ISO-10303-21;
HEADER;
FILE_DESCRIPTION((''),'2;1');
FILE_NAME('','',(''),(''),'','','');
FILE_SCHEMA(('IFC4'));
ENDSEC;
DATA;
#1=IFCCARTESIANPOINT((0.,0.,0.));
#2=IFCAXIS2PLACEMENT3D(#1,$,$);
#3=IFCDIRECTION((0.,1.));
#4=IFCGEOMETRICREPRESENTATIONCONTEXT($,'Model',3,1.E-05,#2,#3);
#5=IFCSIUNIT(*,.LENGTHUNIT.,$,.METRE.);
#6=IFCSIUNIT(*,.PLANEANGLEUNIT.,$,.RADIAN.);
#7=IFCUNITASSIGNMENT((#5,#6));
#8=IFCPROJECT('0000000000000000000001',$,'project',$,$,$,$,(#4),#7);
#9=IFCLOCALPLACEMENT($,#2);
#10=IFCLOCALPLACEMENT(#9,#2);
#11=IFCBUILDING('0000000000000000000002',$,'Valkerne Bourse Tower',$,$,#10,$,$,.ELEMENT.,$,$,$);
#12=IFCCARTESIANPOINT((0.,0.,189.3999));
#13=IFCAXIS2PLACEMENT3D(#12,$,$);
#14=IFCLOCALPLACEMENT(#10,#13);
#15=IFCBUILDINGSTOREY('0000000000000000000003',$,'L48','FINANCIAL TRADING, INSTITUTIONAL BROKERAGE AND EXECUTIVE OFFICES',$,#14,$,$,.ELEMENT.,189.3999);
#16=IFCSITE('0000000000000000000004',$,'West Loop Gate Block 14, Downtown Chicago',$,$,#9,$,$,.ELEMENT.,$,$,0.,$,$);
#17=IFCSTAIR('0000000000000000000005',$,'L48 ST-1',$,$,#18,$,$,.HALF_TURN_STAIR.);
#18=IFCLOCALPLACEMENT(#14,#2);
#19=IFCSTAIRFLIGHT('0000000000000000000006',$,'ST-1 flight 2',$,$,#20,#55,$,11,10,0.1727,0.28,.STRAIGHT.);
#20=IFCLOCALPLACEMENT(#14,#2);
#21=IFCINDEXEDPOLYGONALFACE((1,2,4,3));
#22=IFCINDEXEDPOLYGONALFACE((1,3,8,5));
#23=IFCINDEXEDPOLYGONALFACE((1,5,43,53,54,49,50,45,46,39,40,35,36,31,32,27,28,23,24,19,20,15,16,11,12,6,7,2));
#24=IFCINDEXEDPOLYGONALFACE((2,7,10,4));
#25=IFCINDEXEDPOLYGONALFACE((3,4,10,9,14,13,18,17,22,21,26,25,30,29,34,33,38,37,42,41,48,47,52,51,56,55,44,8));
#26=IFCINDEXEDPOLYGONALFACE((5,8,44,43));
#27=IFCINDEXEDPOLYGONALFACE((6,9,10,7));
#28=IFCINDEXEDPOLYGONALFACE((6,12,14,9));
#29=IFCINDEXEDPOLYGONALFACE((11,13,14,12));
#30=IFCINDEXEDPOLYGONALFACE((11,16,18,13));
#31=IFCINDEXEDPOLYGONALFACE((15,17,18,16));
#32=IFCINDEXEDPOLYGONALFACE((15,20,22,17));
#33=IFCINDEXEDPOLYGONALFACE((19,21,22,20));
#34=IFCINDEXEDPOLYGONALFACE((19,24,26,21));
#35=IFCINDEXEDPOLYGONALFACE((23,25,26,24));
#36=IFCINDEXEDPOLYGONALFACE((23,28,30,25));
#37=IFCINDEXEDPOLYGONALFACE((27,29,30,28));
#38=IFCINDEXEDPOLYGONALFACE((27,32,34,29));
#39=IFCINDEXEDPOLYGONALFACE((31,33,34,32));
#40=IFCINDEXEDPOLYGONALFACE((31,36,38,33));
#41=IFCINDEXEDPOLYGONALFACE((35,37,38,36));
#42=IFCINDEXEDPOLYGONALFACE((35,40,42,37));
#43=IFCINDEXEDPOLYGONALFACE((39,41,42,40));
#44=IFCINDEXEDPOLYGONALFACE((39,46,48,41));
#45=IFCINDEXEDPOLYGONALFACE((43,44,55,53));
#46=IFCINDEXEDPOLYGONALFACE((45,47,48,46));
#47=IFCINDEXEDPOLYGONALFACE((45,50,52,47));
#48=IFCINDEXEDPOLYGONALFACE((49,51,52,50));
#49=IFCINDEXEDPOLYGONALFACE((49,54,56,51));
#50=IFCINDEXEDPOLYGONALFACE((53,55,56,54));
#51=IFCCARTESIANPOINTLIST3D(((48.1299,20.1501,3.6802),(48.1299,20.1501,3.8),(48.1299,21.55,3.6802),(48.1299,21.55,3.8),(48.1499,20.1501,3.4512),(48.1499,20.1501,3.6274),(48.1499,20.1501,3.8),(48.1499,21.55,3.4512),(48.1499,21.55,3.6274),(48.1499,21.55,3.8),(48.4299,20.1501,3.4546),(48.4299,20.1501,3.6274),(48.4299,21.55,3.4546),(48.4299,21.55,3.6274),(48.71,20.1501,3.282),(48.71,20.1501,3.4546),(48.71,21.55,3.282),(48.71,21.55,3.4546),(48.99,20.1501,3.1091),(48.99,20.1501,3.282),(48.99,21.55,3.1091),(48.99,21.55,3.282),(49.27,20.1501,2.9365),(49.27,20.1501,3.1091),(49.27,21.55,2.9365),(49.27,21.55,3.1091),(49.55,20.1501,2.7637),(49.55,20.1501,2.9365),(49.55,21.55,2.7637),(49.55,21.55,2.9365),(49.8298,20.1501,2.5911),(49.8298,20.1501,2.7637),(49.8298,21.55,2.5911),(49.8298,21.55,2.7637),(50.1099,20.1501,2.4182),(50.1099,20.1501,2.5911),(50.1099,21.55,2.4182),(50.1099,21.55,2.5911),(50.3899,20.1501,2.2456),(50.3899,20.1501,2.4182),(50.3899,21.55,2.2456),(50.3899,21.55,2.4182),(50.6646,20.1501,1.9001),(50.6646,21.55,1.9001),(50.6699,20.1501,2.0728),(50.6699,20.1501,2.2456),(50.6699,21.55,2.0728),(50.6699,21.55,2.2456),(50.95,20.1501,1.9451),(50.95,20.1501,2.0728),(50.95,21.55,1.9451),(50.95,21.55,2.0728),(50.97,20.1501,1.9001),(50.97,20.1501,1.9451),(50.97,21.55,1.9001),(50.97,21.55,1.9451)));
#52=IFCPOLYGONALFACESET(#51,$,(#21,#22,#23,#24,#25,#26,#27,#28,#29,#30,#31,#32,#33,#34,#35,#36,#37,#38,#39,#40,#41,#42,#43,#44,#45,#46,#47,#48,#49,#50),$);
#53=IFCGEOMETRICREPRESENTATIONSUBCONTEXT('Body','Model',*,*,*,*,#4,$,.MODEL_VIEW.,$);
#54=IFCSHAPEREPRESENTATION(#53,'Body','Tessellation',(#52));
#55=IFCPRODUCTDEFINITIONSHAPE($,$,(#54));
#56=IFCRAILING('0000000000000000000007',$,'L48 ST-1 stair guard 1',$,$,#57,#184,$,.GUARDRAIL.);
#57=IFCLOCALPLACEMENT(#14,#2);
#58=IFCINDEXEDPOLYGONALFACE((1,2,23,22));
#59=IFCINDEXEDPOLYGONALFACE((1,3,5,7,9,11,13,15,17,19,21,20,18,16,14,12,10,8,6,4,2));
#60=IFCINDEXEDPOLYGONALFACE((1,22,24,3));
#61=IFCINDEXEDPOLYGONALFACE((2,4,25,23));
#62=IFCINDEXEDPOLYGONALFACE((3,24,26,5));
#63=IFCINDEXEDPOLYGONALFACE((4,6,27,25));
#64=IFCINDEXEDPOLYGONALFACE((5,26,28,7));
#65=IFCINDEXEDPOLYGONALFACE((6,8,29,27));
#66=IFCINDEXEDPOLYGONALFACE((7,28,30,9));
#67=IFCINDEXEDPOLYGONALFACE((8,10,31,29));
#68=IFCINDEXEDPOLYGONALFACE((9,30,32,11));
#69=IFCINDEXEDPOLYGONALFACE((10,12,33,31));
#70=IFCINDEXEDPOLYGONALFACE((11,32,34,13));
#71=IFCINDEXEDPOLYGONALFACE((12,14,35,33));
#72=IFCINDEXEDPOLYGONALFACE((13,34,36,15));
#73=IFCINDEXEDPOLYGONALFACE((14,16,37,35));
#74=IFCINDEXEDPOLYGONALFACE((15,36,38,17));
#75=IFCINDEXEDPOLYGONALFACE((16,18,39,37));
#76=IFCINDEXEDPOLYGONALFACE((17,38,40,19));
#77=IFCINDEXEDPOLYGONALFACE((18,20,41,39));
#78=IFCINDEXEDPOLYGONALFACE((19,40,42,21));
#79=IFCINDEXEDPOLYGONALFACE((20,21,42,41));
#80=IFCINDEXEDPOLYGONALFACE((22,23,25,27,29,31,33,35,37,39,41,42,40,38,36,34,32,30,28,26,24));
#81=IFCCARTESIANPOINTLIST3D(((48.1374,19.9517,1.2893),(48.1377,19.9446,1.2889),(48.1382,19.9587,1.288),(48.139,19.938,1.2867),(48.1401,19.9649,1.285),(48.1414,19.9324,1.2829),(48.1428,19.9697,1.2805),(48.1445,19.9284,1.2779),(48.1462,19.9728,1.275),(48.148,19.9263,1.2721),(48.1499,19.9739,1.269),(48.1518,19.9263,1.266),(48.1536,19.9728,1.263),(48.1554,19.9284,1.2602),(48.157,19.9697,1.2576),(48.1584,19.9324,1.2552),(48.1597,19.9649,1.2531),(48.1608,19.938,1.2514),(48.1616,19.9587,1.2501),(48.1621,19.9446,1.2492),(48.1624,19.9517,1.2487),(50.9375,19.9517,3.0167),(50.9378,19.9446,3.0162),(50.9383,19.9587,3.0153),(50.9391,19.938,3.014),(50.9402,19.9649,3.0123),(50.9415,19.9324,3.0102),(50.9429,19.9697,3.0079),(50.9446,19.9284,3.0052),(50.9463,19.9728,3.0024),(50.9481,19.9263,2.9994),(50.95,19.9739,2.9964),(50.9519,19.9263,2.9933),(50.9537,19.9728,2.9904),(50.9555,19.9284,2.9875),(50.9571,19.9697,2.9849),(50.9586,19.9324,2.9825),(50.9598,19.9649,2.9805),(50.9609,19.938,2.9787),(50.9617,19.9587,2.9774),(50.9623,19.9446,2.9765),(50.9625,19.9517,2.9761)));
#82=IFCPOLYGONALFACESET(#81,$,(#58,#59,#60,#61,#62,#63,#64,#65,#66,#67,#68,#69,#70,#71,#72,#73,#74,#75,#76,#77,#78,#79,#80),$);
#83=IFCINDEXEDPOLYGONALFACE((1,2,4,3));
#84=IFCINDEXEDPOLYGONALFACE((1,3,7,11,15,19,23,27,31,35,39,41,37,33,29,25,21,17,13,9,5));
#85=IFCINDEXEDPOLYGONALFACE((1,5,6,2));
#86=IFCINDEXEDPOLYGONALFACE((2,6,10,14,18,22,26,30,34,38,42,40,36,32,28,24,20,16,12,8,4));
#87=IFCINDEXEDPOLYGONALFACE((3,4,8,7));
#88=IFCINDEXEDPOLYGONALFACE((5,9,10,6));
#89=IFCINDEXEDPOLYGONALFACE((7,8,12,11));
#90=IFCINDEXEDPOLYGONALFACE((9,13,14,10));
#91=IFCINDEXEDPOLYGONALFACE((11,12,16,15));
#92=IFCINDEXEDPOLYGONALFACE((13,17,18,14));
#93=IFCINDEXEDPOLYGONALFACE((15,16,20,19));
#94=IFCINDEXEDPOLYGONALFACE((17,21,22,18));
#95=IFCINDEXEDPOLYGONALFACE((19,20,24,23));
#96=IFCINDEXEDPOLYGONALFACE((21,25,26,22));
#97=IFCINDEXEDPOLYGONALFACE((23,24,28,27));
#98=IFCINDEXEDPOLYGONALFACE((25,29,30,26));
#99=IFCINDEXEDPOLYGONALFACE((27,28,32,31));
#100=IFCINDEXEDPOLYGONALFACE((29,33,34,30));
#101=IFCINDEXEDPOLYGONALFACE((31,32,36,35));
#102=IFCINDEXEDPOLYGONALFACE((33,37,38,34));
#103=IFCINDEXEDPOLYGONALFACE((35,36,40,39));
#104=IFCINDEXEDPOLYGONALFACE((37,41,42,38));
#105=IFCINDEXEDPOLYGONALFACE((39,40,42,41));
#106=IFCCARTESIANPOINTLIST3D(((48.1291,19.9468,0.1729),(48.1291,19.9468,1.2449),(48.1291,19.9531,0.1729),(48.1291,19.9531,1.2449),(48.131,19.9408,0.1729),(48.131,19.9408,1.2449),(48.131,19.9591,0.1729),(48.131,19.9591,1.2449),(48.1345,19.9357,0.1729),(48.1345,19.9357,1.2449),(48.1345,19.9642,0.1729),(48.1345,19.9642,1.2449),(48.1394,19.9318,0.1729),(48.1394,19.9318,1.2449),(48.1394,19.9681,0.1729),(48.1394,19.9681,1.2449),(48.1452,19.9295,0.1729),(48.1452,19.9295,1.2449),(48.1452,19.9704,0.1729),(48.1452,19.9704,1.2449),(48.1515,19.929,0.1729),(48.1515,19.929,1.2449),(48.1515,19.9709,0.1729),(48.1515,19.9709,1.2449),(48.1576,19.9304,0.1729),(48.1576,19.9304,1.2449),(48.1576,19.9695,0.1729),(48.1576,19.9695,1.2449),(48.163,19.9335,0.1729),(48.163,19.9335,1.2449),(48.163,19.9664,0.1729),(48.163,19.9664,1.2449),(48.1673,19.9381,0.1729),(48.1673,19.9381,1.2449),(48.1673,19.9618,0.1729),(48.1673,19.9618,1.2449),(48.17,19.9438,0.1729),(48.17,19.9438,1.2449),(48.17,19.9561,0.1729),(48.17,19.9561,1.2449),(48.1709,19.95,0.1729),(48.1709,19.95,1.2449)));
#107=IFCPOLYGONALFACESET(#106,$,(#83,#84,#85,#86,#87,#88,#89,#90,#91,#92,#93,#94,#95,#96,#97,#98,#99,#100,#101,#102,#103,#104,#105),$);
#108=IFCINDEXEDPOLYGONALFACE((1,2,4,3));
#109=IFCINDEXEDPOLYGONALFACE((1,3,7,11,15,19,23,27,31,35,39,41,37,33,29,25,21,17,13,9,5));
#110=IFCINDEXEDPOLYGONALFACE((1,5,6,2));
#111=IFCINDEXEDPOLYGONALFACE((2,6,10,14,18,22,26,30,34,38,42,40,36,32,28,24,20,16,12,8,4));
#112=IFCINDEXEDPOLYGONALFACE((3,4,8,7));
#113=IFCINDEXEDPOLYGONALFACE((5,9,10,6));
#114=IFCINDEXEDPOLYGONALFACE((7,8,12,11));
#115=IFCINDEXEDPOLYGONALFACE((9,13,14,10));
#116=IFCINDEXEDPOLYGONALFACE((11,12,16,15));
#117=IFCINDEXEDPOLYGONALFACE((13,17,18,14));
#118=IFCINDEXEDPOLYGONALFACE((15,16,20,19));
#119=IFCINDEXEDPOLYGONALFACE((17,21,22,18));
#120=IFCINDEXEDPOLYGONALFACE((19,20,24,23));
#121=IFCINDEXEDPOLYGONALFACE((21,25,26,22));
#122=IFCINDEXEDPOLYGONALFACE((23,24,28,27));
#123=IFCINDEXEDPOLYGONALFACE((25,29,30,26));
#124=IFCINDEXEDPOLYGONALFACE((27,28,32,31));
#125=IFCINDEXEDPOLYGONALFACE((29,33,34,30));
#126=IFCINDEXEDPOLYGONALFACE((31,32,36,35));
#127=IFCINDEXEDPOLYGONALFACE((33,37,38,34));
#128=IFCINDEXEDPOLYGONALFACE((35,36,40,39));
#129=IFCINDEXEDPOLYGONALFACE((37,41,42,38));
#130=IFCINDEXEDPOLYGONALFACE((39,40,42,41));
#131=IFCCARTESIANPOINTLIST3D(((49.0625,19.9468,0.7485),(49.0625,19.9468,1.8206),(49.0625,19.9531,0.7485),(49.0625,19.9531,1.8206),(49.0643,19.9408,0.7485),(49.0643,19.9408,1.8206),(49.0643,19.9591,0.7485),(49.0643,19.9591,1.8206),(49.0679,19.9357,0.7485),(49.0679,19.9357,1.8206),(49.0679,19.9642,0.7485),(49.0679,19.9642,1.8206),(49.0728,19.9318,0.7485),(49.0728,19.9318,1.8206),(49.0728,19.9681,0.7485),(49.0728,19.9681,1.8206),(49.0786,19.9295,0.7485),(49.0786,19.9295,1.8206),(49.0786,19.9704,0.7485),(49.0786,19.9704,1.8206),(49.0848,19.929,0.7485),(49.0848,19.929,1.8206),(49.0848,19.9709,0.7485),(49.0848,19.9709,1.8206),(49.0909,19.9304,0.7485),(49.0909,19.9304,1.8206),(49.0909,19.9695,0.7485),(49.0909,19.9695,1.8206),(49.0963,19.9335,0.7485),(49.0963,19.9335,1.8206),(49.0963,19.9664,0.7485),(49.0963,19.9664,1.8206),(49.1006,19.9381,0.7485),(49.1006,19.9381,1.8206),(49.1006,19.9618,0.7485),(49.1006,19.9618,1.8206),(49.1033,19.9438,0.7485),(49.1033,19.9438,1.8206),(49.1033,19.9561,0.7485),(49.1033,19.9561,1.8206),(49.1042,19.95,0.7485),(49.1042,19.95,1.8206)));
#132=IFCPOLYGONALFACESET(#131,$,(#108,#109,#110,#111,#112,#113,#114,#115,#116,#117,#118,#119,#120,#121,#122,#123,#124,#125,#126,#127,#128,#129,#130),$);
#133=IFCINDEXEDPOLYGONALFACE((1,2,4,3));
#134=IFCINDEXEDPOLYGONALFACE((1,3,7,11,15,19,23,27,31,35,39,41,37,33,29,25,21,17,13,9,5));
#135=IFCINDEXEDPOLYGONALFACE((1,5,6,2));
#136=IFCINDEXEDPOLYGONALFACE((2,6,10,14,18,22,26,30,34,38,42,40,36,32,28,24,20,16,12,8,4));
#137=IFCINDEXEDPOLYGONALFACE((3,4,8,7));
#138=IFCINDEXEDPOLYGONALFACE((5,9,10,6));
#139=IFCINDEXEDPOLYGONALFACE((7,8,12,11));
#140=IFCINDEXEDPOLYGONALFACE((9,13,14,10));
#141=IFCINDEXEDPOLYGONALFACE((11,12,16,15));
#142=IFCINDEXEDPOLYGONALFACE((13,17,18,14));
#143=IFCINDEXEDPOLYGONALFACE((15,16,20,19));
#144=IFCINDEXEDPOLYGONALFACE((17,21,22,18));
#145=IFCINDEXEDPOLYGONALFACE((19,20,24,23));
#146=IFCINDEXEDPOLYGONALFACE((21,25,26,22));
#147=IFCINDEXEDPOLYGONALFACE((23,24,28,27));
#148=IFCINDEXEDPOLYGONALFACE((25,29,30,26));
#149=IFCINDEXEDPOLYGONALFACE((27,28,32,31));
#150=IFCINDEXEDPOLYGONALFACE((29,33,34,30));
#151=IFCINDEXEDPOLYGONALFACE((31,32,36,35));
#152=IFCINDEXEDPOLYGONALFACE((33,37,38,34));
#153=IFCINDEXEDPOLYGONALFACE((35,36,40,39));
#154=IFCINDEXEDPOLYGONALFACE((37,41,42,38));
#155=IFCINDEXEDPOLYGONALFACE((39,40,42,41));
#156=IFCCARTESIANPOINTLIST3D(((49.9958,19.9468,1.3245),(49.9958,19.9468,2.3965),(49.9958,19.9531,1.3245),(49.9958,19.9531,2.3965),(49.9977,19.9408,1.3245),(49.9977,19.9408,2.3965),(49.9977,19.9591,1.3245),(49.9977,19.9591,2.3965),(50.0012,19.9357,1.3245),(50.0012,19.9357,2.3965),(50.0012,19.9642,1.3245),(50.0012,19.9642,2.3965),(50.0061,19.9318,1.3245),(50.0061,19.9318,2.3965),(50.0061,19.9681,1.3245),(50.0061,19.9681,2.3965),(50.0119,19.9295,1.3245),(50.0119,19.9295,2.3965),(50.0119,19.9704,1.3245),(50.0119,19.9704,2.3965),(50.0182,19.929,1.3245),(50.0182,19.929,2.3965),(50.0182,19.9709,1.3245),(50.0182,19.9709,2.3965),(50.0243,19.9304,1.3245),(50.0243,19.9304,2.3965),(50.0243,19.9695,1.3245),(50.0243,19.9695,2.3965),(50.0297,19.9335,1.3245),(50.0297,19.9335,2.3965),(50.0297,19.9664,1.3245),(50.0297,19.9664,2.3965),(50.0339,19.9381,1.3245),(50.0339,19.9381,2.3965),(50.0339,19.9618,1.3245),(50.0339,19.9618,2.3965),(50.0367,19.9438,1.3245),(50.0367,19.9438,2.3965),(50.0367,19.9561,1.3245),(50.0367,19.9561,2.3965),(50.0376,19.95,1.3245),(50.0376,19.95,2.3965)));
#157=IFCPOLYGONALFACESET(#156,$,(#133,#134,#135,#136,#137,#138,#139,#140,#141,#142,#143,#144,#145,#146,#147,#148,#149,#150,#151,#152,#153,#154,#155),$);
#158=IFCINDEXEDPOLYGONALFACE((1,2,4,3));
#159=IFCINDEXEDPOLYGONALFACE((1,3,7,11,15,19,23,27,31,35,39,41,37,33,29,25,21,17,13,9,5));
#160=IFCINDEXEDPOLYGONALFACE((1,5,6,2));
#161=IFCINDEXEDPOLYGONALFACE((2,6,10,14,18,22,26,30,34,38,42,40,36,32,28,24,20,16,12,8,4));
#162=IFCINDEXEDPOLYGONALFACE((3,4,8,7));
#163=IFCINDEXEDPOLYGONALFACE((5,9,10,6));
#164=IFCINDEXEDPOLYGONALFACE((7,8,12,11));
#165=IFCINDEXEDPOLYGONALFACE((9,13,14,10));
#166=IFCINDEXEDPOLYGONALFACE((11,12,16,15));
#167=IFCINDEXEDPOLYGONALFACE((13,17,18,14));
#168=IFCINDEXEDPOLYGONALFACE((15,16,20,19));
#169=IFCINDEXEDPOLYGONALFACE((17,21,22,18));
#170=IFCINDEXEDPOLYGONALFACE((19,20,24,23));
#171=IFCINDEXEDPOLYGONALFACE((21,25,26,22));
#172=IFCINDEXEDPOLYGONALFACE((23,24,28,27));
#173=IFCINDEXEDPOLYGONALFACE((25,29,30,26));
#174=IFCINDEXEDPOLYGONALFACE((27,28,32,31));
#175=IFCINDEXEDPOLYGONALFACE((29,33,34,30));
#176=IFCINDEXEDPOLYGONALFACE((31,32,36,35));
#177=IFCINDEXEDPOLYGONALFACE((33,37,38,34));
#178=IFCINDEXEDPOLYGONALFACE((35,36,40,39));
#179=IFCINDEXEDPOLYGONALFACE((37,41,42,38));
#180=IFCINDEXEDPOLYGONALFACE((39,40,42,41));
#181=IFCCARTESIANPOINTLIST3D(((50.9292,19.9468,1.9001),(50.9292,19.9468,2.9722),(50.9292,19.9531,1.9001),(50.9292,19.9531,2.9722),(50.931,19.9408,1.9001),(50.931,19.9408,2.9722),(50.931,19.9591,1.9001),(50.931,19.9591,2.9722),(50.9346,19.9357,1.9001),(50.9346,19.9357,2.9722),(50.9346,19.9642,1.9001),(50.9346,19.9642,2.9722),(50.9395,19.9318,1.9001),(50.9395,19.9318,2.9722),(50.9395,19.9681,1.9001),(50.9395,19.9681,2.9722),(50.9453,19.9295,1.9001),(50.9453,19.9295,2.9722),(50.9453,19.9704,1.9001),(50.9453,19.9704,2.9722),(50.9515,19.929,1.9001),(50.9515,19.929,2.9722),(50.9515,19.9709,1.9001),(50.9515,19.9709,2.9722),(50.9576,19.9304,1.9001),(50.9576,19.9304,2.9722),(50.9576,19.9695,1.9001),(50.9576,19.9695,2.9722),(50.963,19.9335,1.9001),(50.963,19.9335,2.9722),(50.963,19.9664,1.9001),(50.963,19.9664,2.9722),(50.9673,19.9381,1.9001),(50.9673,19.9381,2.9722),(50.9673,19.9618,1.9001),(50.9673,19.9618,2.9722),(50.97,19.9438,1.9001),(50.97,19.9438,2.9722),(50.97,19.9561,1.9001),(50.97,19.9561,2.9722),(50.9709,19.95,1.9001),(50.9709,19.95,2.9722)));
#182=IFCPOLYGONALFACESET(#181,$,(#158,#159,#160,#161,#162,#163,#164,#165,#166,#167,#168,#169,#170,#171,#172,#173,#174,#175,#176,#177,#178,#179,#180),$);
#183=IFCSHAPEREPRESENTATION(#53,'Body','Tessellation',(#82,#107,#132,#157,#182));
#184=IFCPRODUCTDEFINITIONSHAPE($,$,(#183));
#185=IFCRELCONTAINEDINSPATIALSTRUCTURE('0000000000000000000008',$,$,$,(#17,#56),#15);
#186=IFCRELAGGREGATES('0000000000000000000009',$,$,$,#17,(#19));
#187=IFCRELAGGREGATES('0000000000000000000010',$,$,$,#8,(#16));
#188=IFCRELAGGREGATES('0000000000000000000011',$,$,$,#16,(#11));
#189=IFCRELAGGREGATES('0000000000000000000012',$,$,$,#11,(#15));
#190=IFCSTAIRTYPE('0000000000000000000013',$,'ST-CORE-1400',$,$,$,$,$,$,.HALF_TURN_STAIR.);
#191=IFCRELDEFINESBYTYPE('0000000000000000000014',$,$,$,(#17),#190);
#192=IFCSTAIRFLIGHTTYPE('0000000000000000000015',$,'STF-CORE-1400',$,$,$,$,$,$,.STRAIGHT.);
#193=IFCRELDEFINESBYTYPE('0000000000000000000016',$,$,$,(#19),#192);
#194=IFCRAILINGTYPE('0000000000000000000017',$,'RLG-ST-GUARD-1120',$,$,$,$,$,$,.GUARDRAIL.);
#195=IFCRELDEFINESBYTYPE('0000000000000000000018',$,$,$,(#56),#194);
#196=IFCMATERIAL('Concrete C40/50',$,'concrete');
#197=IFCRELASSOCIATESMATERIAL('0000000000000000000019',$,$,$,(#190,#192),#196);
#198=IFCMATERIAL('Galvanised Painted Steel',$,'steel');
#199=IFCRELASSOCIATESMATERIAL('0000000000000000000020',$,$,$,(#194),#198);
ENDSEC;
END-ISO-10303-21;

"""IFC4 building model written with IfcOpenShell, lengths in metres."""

from ifc_helpers import new_model, si_unit, direction, frame, origin, origin_2d, place, context, subcontext, project, spatial, polyline, circle, outline, extrude, material, type_object, element, aggregate, save


model = new_model("IFC4")

# Units and contexts
model_context = context("Model", 3, precision=1e-05, world=origin(), true_north=direction((0.0, 1.0)))
body_context = subcontext(model_context, "Body", "Model", "MODEL_VIEW")
ifc_project = project(units=[si_unit("LENGTHUNIT", "METRE"), si_unit("PLANEANGLEUNIT", "RADIAN")], contexts=[model_context])

# Site, building, storey
site_placement = place(None, origin())
site = spatial("IfcSite", under=ifc_project, at=site_placement, Name="West Loop Gate Block 14, Downtown Chicago", CompositionType="ELEMENT", RefElevation=0.0)
building_placement = place(site_placement, origin())
building = spatial("IfcBuilding", under=site, at=building_placement, Name="Valkerne Bourse Tower", CompositionType="ELEMENT")
storey_placement = place(building_placement, frame((0.0, 0.0, 189.3999)))
storey = spatial("IfcBuildingStorey", under=building, at=storey_placement, Name="L48", Description="FINANCIAL TRADING, INSTITUTIONAL BROKERAGE AND EXECUTIVE OFFICES", CompositionType="ELEMENT", Elevation=189.3999)

# Shared definitions
ifc_material_1 = material(Name="Galvanised Painted Steel", Category="steel")

# Shared definitions
ifc_material_2 = material(Name="Concrete C40/50", Category="concrete")

# Stair, stair flight
stair_type = type_object("IfcStairType", Name="ST-CORE-1400", PredefinedType="HALF_TURN_STAIR", material=ifc_material_2)
stair_placement = place(storey_placement, origin())
stair = element("IfcStair", 1, at=stair_placement, inside=storey, type_object=stair_type, Name="L48 ST-1", PredefinedType="HALF_TURN_STAIR")
stair_flight_type = type_object("IfcStairFlightType", Name="STF-CORE-1400", PredefinedType="STRAIGHT", material=ifc_material_2)
stair_flight_1_placement = place(storey_placement, frame((50.95, 20.8501, 1.9001), z_axis=(0.0, 0.0, 1.0), x_axis=(-1.0, 0.0, 0.0)))
stair_flight_1 = element("IfcStairFlight", 2, at=stair_flight_1_placement, type_object=stair_flight_type, Name="ST-1 flight 2", NumberOfRisers=11, NumberOfTreads=10, PredefinedType="STRAIGHT", RiserHeight=0.1727, TreadLength=0.28, context=body_context, shape_type="SweptSolid", body=[
    extrude(outline(polyline([(-0.02, 0.0), (-0.02, 0.0449), (0.0, 0.0449), (0.0, 0.1726), (0.28, 0.1726), (0.28, 0.3455), (0.5601, 0.3455), (0.5601, 0.5181), (0.8401, 0.5181), (0.8401, 0.6909), (1.1201, 0.6909), (1.1201, 0.8635), (1.3999, 0.8635), (1.3999, 1.0364), (1.6799, 1.0364), (1.6799, 1.209), (1.96, 1.209), (1.96, 1.3818), (2.24, 1.3818), (2.24, 1.5544), (2.52, 1.5544), (2.52, 1.7273), (2.8, 1.7273), (2.8, 1.8999), (2.8201, 1.8999), (2.8201, 1.78), (2.8, 1.551), (0.2854, 0.0), (-0.02, 0.0)])), frame((0.0, 0.7, 0.0), z_axis=(0.0, -1.0, 0.0), x_axis=(1.0, 0.0, 0.0)), (0.0, 0.0, 1.0), 1.3999),
])
aggregate(stair, [stair_flight_1])

# Railing
railing_type_1 = type_object("IfcRailingType", Name="RLG-ST-GUARD-1120", PredefinedType="GUARDRAIL", material=ifc_material_1)
railing_1_placement = place(storey_placement, frame((48.1499, 19.95, 0.1729)))
element("IfcRailing", 3, at=railing_1_placement, inside=storey, type_object=railing_type_1, Name="L48 ST-1 stair guard 1", PredefinedType="GUARDRAIL", context=body_context, shape_type="SweptSolid", body=[
    extrude(circle(Radius=0.0239, at=origin_2d()), frame((0.0, 0.0, 1.0962), z_axis=(0.85109, 0.0, 0.52502), x_axis=(0.0, 1.0, 0.0)), (0.0, 0.0, 1.0), 3.29),
    extrude(circle(Radius=0.021, at=origin_2d()), origin(), (0.0, 0.0, 1.0), 1.072),
    extrude(circle(Radius=0.021, at=origin_2d()), frame((0.9333, 0.0, 0.5757)), (0.0, 0.0, 1.0), 1.072),
    extrude(circle(Radius=0.021, at=origin_2d()), frame((1.8667, 0.0, 1.1516)), (0.0, 0.0, 1.0), 1.072),
    extrude(circle(Radius=0.021, at=origin_2d()), frame((2.8, 0.0, 1.7273)), (0.0, 0.0, 1.0), 1.072),
])

save(model, "model.ifc")
